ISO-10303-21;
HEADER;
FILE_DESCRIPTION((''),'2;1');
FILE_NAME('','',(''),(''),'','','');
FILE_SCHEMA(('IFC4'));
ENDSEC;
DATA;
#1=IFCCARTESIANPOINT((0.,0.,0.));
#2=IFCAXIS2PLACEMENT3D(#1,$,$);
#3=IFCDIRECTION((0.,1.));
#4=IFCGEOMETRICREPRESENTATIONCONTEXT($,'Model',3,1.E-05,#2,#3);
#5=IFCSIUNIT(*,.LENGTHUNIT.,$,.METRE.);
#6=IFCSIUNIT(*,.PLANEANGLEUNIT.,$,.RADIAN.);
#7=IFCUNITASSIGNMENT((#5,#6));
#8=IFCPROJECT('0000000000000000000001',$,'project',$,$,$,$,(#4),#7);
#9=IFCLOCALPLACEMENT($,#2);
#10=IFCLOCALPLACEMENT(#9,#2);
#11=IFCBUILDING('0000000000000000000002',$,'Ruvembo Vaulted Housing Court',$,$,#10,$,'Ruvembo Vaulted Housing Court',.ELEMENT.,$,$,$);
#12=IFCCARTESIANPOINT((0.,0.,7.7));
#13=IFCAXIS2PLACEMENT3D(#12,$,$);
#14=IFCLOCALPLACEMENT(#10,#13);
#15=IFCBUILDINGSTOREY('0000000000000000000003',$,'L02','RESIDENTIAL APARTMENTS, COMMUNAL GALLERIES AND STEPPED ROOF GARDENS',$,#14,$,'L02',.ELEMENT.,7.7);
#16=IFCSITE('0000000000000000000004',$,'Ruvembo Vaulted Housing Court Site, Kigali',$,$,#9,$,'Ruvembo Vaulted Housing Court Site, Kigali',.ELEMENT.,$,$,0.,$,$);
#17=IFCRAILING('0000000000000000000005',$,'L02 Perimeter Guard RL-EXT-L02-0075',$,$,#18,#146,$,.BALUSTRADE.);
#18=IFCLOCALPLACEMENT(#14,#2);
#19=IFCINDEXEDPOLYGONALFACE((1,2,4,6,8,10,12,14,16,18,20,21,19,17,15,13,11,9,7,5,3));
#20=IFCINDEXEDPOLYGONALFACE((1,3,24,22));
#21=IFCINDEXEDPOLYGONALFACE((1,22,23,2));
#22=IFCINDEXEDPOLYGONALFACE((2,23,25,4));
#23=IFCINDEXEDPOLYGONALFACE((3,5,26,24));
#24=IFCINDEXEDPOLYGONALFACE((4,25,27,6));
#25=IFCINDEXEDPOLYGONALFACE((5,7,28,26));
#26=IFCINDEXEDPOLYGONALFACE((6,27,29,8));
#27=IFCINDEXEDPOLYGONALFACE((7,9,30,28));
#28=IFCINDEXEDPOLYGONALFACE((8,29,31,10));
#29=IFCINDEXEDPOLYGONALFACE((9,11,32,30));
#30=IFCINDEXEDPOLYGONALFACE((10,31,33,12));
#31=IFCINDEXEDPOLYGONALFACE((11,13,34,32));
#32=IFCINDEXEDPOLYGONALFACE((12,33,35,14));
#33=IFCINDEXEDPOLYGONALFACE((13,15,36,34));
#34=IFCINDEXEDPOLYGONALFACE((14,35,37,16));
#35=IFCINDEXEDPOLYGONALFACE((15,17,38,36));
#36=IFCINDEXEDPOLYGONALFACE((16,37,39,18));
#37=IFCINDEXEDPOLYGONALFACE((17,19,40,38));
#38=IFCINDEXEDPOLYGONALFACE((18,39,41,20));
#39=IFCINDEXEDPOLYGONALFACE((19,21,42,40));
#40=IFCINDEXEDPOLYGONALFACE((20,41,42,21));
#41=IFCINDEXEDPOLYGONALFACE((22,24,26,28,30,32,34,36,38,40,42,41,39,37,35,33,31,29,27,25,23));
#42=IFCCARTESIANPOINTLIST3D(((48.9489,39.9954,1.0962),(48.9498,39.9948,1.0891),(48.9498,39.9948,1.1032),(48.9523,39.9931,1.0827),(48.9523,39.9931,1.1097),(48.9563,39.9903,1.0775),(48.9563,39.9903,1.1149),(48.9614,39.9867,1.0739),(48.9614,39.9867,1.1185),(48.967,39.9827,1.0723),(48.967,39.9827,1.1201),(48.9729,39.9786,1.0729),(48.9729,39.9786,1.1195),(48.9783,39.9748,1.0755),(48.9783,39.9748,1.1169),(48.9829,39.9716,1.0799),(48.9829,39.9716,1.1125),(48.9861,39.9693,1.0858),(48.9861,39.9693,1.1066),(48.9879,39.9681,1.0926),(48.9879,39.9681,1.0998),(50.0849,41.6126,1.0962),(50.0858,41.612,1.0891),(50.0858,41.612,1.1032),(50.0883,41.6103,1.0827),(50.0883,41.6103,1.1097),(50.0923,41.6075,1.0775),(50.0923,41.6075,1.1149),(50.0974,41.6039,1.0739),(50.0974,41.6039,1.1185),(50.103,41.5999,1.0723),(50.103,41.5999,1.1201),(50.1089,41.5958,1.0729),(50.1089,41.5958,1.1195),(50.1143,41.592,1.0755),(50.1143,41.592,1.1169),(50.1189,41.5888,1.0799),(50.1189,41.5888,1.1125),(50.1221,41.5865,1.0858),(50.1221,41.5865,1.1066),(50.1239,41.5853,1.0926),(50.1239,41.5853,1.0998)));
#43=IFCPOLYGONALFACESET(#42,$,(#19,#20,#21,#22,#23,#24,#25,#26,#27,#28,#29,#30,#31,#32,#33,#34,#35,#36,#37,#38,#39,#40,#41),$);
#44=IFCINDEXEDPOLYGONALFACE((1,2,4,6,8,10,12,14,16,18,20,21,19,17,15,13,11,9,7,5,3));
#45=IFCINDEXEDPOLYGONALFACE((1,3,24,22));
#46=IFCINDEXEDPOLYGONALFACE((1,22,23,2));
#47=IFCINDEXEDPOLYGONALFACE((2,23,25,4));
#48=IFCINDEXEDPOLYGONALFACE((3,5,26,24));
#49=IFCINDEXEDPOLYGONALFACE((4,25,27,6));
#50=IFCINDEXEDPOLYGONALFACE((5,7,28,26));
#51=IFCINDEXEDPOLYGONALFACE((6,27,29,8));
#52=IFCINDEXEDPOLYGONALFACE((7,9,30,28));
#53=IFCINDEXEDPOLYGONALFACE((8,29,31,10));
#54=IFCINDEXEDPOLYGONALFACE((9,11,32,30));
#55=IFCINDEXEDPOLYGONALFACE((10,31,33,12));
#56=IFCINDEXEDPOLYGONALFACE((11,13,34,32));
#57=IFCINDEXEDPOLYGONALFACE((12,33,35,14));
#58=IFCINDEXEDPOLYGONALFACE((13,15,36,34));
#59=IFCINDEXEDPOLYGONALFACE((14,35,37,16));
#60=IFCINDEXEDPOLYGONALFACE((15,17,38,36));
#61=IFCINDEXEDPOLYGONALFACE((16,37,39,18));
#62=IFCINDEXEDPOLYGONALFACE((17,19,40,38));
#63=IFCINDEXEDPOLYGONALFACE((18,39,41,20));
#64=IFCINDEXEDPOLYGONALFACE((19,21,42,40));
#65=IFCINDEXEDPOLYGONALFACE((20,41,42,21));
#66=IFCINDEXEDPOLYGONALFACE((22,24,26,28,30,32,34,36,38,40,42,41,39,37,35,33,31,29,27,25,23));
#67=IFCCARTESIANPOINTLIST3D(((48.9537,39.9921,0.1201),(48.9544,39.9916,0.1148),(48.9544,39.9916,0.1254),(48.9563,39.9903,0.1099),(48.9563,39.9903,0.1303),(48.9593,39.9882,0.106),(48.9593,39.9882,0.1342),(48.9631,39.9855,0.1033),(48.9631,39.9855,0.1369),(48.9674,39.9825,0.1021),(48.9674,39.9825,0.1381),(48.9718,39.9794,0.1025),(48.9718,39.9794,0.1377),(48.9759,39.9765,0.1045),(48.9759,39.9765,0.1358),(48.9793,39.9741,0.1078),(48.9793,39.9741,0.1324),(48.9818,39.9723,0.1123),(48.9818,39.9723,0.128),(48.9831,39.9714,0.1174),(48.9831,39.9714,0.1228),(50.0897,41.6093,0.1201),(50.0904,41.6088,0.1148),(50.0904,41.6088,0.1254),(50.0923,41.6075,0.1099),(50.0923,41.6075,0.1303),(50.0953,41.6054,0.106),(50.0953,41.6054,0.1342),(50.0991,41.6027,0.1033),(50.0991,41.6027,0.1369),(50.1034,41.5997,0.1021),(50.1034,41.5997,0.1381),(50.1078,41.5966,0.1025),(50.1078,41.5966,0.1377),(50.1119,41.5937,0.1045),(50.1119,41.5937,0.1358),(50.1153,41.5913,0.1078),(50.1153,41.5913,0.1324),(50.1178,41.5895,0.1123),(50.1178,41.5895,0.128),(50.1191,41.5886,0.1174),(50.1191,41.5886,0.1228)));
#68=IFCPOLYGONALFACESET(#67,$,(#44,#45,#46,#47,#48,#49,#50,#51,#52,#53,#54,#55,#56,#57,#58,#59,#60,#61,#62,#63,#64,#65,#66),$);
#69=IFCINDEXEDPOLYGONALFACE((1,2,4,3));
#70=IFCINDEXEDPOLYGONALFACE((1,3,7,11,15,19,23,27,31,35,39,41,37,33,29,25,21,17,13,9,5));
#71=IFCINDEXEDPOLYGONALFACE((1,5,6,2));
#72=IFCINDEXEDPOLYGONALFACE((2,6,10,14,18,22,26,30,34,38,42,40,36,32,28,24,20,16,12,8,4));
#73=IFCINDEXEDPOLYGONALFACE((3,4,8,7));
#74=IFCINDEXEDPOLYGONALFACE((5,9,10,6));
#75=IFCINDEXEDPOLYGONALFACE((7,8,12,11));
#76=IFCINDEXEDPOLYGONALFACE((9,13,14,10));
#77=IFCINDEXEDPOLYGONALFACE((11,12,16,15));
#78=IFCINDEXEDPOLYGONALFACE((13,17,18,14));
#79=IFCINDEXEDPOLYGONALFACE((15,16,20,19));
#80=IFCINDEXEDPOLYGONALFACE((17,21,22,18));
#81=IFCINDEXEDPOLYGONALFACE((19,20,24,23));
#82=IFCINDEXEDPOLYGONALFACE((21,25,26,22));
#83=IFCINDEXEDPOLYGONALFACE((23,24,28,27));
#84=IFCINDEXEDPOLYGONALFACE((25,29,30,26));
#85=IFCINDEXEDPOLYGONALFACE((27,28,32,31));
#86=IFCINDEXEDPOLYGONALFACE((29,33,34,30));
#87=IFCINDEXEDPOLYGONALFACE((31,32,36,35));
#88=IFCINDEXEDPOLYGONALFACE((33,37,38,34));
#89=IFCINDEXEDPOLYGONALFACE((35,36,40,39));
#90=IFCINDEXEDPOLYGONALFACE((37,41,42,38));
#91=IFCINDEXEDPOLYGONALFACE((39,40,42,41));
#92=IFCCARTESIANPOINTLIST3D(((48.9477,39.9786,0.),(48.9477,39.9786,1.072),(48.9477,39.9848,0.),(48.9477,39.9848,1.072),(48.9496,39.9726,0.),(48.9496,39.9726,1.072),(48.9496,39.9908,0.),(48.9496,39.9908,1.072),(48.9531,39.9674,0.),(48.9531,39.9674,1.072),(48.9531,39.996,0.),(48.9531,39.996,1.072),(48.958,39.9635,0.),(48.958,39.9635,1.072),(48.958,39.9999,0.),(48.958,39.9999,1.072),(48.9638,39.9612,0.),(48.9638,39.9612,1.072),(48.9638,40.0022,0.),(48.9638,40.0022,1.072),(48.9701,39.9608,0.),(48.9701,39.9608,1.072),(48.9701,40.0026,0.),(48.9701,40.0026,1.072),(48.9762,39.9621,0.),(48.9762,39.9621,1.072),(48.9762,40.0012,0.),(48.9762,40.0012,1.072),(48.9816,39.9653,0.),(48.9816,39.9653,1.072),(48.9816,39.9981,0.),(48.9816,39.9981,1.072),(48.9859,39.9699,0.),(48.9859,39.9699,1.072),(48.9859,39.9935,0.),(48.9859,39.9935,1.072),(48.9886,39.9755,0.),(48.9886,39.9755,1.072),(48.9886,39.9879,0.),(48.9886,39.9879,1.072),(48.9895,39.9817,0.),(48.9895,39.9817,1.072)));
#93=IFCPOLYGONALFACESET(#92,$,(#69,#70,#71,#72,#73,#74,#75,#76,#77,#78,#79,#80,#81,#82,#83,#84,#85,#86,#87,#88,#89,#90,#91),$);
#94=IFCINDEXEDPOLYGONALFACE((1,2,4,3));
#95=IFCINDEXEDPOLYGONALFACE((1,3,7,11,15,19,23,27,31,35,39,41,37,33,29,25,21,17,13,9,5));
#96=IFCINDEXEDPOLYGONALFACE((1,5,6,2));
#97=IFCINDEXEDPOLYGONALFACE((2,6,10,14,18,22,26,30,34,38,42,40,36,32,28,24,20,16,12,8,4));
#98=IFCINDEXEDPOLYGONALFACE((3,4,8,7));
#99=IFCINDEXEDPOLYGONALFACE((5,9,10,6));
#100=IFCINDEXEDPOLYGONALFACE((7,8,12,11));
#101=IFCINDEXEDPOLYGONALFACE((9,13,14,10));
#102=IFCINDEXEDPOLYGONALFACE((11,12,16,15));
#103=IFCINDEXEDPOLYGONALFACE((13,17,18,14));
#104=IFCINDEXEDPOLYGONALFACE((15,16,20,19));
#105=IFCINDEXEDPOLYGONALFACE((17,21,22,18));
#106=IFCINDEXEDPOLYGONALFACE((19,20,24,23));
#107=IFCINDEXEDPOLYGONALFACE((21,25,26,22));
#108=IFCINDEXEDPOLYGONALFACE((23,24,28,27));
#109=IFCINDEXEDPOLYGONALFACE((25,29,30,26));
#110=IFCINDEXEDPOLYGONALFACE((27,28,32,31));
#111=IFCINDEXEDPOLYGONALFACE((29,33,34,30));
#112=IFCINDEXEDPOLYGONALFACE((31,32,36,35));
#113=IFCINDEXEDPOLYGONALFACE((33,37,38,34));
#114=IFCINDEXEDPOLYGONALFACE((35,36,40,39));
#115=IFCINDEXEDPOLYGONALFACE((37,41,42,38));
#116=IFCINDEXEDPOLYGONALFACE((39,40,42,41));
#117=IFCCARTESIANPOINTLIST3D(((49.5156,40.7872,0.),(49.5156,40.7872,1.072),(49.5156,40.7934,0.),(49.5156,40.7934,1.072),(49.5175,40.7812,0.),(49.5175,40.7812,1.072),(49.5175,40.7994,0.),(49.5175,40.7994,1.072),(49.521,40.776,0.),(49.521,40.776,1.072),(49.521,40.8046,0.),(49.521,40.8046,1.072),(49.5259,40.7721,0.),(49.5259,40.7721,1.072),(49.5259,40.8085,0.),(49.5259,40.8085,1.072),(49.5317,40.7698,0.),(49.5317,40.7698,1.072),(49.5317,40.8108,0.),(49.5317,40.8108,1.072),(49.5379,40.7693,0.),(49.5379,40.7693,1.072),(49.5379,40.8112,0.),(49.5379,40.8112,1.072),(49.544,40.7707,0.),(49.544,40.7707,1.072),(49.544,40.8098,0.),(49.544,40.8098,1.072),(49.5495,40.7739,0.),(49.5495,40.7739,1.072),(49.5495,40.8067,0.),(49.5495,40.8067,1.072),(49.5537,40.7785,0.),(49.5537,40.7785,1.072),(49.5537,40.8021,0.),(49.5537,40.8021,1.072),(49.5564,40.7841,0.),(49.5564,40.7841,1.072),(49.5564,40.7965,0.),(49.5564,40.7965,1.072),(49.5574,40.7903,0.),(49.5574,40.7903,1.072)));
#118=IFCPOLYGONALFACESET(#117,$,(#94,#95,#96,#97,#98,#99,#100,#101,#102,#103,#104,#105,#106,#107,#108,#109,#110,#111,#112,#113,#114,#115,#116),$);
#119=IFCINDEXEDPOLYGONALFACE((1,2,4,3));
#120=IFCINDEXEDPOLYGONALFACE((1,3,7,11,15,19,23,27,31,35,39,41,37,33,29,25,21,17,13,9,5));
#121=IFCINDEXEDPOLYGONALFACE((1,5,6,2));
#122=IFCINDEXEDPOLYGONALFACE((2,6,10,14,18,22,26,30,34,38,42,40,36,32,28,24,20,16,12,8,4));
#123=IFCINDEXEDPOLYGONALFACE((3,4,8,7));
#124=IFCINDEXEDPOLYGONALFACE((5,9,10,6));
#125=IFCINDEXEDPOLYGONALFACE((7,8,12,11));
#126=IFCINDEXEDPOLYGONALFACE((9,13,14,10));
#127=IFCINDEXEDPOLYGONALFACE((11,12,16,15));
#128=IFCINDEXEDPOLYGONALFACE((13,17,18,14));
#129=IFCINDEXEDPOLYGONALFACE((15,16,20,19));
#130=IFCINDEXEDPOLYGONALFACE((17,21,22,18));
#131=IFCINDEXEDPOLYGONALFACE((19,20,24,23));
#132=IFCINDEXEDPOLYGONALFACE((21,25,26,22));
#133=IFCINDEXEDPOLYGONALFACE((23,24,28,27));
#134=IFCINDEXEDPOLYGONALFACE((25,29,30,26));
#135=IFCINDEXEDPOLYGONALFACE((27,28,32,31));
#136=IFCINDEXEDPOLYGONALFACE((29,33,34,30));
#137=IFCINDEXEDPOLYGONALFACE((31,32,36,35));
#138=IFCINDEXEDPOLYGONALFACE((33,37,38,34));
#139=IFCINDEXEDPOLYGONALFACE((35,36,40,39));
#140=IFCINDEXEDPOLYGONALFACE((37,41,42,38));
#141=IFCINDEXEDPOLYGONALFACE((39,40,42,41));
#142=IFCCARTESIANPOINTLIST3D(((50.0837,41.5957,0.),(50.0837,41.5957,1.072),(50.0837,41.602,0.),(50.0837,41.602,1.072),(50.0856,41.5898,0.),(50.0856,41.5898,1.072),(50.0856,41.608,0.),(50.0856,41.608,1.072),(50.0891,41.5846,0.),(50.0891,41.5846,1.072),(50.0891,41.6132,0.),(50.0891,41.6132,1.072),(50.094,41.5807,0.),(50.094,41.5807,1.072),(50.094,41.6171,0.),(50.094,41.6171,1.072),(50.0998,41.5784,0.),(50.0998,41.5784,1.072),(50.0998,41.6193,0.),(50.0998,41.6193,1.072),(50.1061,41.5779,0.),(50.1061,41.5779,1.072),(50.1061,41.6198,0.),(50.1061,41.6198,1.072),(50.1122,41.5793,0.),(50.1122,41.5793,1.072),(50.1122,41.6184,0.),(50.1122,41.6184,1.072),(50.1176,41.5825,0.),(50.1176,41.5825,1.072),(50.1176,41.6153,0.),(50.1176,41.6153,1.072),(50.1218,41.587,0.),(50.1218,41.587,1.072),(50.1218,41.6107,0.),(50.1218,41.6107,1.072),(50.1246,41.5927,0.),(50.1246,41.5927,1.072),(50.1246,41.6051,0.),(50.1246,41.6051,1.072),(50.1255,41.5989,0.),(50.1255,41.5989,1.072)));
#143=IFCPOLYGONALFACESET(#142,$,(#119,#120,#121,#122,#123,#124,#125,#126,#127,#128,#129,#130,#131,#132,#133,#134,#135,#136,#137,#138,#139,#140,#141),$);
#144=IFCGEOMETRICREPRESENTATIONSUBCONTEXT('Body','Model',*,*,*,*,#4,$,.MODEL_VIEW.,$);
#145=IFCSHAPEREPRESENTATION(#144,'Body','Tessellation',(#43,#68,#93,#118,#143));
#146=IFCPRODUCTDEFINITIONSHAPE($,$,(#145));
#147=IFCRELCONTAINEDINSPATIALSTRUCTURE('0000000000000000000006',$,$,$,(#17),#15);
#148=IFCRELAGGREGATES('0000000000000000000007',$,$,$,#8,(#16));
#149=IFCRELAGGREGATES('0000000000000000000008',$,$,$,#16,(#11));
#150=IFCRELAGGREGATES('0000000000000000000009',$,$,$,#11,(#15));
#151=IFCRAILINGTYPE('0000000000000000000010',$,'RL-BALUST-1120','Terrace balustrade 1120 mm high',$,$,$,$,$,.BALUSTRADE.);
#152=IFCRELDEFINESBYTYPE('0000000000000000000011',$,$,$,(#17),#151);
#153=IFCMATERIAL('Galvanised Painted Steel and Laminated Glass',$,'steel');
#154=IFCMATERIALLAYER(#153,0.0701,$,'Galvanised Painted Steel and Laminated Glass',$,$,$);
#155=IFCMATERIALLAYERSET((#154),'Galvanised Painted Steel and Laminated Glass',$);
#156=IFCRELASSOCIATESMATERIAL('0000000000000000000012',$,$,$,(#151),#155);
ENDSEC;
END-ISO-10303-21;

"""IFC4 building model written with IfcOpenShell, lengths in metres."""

from ifc_helpers import new_model, si_unit, direction, frame, origin, origin_2d, place, context, subcontext, project, spatial, circle, extrude, material, layer, layer_set, type_object, element, save


model = new_model("IFC4")

# Units and contexts
model_context = context("Model", 3, precision=1e-05, world=origin(), true_north=direction((0.0, 1.0)))
body_context = subcontext(model_context, "Body", "Model", "MODEL_VIEW")
ifc_project = project(units=[si_unit("LENGTHUNIT", "METRE"), si_unit("PLANEANGLEUNIT", "RADIAN")], contexts=[model_context])

# Site, building, storey
site_placement = place(None, origin())
site = spatial("IfcSite", under=ifc_project, at=site_placement, Name="Ruvembo Vaulted Housing Court Site, Kigali", LongName="Ruvembo Vaulted Housing Court Site, Kigali", CompositionType="ELEMENT", RefElevation=0.0)
building_placement = place(site_placement, origin())
building = spatial("IfcBuilding", under=site, at=building_placement, Name="Ruvembo Vaulted Housing Court", LongName="Ruvembo Vaulted Housing Court", CompositionType="ELEMENT")
storey_placement = place(building_placement, frame((0.0, 0.0, 7.7)))
storey = spatial("IfcBuildingStorey", under=building, at=storey_placement, Name="L02", Description="RESIDENTIAL APARTMENTS, COMMUNAL GALLERIES AND STEPPED ROOF GARDENS", LongName="L02", CompositionType="ELEMENT", Elevation=7.7)

# Railing
ifc_material_1 = material(Name="Galvanised Painted Steel and Laminated Glass", Category="steel")
ifc_layer_1 = layer(ifc_material_1, 0.0701, Name="Galvanised Painted Steel and Laminated Glass")
ifc_layer_set_1 = layer_set([ifc_layer_1], Name="Galvanised Painted Steel and Laminated Glass")
railing_type = type_object("IfcRailingType", Name="RL-BALUST-1120", Description="Terrace balustrade 1120 mm high", PredefinedType="BALUSTRADE", material=ifc_layer_set_1)
railing_1_placement = place(storey_placement, frame((48.9685, 39.9817, 0.0)))
element("IfcRailing", 1, at=railing_1_placement, inside=storey, type_object=railing_type, Name="L02 Perimeter Guard RL-EXT-L02-0075", PredefinedType="BALUSTRADE", context=body_context, shape_type="SweptSolid", body=[
    extrude(circle(Radius=0.0239, at=origin_2d()), frame((0.0, 0.0, 1.0962), z_axis=(0.574805, 0.818291, 0.0), x_axis=(-0.818291, 0.574805, 0.0)), (0.0, 0.0, 1.0), 1.9763),
    extrude(circle(Radius=0.0181, at=origin_2d()), frame((0.0, 0.0, 0.1201), z_axis=(0.574805, 0.818291, 0.0), x_axis=(-0.818291, 0.574805, 0.0)), (0.0, 0.0, 1.0), 1.9763),
    extrude(circle(Radius=0.021, at=origin_2d()), origin(), (0.0, 0.0, 1.0), 1.072),
    extrude(circle(Radius=0.021, at=origin_2d()), frame((0.5679, 0.8086, 0.0)), (0.0, 0.0, 1.0), 1.072),
    extrude(circle(Radius=0.021, at=origin_2d()), frame((1.136, 1.6172, 0.0)), (0.0, 0.0, 1.0), 1.072),
])

save(model, "model.ifc")
